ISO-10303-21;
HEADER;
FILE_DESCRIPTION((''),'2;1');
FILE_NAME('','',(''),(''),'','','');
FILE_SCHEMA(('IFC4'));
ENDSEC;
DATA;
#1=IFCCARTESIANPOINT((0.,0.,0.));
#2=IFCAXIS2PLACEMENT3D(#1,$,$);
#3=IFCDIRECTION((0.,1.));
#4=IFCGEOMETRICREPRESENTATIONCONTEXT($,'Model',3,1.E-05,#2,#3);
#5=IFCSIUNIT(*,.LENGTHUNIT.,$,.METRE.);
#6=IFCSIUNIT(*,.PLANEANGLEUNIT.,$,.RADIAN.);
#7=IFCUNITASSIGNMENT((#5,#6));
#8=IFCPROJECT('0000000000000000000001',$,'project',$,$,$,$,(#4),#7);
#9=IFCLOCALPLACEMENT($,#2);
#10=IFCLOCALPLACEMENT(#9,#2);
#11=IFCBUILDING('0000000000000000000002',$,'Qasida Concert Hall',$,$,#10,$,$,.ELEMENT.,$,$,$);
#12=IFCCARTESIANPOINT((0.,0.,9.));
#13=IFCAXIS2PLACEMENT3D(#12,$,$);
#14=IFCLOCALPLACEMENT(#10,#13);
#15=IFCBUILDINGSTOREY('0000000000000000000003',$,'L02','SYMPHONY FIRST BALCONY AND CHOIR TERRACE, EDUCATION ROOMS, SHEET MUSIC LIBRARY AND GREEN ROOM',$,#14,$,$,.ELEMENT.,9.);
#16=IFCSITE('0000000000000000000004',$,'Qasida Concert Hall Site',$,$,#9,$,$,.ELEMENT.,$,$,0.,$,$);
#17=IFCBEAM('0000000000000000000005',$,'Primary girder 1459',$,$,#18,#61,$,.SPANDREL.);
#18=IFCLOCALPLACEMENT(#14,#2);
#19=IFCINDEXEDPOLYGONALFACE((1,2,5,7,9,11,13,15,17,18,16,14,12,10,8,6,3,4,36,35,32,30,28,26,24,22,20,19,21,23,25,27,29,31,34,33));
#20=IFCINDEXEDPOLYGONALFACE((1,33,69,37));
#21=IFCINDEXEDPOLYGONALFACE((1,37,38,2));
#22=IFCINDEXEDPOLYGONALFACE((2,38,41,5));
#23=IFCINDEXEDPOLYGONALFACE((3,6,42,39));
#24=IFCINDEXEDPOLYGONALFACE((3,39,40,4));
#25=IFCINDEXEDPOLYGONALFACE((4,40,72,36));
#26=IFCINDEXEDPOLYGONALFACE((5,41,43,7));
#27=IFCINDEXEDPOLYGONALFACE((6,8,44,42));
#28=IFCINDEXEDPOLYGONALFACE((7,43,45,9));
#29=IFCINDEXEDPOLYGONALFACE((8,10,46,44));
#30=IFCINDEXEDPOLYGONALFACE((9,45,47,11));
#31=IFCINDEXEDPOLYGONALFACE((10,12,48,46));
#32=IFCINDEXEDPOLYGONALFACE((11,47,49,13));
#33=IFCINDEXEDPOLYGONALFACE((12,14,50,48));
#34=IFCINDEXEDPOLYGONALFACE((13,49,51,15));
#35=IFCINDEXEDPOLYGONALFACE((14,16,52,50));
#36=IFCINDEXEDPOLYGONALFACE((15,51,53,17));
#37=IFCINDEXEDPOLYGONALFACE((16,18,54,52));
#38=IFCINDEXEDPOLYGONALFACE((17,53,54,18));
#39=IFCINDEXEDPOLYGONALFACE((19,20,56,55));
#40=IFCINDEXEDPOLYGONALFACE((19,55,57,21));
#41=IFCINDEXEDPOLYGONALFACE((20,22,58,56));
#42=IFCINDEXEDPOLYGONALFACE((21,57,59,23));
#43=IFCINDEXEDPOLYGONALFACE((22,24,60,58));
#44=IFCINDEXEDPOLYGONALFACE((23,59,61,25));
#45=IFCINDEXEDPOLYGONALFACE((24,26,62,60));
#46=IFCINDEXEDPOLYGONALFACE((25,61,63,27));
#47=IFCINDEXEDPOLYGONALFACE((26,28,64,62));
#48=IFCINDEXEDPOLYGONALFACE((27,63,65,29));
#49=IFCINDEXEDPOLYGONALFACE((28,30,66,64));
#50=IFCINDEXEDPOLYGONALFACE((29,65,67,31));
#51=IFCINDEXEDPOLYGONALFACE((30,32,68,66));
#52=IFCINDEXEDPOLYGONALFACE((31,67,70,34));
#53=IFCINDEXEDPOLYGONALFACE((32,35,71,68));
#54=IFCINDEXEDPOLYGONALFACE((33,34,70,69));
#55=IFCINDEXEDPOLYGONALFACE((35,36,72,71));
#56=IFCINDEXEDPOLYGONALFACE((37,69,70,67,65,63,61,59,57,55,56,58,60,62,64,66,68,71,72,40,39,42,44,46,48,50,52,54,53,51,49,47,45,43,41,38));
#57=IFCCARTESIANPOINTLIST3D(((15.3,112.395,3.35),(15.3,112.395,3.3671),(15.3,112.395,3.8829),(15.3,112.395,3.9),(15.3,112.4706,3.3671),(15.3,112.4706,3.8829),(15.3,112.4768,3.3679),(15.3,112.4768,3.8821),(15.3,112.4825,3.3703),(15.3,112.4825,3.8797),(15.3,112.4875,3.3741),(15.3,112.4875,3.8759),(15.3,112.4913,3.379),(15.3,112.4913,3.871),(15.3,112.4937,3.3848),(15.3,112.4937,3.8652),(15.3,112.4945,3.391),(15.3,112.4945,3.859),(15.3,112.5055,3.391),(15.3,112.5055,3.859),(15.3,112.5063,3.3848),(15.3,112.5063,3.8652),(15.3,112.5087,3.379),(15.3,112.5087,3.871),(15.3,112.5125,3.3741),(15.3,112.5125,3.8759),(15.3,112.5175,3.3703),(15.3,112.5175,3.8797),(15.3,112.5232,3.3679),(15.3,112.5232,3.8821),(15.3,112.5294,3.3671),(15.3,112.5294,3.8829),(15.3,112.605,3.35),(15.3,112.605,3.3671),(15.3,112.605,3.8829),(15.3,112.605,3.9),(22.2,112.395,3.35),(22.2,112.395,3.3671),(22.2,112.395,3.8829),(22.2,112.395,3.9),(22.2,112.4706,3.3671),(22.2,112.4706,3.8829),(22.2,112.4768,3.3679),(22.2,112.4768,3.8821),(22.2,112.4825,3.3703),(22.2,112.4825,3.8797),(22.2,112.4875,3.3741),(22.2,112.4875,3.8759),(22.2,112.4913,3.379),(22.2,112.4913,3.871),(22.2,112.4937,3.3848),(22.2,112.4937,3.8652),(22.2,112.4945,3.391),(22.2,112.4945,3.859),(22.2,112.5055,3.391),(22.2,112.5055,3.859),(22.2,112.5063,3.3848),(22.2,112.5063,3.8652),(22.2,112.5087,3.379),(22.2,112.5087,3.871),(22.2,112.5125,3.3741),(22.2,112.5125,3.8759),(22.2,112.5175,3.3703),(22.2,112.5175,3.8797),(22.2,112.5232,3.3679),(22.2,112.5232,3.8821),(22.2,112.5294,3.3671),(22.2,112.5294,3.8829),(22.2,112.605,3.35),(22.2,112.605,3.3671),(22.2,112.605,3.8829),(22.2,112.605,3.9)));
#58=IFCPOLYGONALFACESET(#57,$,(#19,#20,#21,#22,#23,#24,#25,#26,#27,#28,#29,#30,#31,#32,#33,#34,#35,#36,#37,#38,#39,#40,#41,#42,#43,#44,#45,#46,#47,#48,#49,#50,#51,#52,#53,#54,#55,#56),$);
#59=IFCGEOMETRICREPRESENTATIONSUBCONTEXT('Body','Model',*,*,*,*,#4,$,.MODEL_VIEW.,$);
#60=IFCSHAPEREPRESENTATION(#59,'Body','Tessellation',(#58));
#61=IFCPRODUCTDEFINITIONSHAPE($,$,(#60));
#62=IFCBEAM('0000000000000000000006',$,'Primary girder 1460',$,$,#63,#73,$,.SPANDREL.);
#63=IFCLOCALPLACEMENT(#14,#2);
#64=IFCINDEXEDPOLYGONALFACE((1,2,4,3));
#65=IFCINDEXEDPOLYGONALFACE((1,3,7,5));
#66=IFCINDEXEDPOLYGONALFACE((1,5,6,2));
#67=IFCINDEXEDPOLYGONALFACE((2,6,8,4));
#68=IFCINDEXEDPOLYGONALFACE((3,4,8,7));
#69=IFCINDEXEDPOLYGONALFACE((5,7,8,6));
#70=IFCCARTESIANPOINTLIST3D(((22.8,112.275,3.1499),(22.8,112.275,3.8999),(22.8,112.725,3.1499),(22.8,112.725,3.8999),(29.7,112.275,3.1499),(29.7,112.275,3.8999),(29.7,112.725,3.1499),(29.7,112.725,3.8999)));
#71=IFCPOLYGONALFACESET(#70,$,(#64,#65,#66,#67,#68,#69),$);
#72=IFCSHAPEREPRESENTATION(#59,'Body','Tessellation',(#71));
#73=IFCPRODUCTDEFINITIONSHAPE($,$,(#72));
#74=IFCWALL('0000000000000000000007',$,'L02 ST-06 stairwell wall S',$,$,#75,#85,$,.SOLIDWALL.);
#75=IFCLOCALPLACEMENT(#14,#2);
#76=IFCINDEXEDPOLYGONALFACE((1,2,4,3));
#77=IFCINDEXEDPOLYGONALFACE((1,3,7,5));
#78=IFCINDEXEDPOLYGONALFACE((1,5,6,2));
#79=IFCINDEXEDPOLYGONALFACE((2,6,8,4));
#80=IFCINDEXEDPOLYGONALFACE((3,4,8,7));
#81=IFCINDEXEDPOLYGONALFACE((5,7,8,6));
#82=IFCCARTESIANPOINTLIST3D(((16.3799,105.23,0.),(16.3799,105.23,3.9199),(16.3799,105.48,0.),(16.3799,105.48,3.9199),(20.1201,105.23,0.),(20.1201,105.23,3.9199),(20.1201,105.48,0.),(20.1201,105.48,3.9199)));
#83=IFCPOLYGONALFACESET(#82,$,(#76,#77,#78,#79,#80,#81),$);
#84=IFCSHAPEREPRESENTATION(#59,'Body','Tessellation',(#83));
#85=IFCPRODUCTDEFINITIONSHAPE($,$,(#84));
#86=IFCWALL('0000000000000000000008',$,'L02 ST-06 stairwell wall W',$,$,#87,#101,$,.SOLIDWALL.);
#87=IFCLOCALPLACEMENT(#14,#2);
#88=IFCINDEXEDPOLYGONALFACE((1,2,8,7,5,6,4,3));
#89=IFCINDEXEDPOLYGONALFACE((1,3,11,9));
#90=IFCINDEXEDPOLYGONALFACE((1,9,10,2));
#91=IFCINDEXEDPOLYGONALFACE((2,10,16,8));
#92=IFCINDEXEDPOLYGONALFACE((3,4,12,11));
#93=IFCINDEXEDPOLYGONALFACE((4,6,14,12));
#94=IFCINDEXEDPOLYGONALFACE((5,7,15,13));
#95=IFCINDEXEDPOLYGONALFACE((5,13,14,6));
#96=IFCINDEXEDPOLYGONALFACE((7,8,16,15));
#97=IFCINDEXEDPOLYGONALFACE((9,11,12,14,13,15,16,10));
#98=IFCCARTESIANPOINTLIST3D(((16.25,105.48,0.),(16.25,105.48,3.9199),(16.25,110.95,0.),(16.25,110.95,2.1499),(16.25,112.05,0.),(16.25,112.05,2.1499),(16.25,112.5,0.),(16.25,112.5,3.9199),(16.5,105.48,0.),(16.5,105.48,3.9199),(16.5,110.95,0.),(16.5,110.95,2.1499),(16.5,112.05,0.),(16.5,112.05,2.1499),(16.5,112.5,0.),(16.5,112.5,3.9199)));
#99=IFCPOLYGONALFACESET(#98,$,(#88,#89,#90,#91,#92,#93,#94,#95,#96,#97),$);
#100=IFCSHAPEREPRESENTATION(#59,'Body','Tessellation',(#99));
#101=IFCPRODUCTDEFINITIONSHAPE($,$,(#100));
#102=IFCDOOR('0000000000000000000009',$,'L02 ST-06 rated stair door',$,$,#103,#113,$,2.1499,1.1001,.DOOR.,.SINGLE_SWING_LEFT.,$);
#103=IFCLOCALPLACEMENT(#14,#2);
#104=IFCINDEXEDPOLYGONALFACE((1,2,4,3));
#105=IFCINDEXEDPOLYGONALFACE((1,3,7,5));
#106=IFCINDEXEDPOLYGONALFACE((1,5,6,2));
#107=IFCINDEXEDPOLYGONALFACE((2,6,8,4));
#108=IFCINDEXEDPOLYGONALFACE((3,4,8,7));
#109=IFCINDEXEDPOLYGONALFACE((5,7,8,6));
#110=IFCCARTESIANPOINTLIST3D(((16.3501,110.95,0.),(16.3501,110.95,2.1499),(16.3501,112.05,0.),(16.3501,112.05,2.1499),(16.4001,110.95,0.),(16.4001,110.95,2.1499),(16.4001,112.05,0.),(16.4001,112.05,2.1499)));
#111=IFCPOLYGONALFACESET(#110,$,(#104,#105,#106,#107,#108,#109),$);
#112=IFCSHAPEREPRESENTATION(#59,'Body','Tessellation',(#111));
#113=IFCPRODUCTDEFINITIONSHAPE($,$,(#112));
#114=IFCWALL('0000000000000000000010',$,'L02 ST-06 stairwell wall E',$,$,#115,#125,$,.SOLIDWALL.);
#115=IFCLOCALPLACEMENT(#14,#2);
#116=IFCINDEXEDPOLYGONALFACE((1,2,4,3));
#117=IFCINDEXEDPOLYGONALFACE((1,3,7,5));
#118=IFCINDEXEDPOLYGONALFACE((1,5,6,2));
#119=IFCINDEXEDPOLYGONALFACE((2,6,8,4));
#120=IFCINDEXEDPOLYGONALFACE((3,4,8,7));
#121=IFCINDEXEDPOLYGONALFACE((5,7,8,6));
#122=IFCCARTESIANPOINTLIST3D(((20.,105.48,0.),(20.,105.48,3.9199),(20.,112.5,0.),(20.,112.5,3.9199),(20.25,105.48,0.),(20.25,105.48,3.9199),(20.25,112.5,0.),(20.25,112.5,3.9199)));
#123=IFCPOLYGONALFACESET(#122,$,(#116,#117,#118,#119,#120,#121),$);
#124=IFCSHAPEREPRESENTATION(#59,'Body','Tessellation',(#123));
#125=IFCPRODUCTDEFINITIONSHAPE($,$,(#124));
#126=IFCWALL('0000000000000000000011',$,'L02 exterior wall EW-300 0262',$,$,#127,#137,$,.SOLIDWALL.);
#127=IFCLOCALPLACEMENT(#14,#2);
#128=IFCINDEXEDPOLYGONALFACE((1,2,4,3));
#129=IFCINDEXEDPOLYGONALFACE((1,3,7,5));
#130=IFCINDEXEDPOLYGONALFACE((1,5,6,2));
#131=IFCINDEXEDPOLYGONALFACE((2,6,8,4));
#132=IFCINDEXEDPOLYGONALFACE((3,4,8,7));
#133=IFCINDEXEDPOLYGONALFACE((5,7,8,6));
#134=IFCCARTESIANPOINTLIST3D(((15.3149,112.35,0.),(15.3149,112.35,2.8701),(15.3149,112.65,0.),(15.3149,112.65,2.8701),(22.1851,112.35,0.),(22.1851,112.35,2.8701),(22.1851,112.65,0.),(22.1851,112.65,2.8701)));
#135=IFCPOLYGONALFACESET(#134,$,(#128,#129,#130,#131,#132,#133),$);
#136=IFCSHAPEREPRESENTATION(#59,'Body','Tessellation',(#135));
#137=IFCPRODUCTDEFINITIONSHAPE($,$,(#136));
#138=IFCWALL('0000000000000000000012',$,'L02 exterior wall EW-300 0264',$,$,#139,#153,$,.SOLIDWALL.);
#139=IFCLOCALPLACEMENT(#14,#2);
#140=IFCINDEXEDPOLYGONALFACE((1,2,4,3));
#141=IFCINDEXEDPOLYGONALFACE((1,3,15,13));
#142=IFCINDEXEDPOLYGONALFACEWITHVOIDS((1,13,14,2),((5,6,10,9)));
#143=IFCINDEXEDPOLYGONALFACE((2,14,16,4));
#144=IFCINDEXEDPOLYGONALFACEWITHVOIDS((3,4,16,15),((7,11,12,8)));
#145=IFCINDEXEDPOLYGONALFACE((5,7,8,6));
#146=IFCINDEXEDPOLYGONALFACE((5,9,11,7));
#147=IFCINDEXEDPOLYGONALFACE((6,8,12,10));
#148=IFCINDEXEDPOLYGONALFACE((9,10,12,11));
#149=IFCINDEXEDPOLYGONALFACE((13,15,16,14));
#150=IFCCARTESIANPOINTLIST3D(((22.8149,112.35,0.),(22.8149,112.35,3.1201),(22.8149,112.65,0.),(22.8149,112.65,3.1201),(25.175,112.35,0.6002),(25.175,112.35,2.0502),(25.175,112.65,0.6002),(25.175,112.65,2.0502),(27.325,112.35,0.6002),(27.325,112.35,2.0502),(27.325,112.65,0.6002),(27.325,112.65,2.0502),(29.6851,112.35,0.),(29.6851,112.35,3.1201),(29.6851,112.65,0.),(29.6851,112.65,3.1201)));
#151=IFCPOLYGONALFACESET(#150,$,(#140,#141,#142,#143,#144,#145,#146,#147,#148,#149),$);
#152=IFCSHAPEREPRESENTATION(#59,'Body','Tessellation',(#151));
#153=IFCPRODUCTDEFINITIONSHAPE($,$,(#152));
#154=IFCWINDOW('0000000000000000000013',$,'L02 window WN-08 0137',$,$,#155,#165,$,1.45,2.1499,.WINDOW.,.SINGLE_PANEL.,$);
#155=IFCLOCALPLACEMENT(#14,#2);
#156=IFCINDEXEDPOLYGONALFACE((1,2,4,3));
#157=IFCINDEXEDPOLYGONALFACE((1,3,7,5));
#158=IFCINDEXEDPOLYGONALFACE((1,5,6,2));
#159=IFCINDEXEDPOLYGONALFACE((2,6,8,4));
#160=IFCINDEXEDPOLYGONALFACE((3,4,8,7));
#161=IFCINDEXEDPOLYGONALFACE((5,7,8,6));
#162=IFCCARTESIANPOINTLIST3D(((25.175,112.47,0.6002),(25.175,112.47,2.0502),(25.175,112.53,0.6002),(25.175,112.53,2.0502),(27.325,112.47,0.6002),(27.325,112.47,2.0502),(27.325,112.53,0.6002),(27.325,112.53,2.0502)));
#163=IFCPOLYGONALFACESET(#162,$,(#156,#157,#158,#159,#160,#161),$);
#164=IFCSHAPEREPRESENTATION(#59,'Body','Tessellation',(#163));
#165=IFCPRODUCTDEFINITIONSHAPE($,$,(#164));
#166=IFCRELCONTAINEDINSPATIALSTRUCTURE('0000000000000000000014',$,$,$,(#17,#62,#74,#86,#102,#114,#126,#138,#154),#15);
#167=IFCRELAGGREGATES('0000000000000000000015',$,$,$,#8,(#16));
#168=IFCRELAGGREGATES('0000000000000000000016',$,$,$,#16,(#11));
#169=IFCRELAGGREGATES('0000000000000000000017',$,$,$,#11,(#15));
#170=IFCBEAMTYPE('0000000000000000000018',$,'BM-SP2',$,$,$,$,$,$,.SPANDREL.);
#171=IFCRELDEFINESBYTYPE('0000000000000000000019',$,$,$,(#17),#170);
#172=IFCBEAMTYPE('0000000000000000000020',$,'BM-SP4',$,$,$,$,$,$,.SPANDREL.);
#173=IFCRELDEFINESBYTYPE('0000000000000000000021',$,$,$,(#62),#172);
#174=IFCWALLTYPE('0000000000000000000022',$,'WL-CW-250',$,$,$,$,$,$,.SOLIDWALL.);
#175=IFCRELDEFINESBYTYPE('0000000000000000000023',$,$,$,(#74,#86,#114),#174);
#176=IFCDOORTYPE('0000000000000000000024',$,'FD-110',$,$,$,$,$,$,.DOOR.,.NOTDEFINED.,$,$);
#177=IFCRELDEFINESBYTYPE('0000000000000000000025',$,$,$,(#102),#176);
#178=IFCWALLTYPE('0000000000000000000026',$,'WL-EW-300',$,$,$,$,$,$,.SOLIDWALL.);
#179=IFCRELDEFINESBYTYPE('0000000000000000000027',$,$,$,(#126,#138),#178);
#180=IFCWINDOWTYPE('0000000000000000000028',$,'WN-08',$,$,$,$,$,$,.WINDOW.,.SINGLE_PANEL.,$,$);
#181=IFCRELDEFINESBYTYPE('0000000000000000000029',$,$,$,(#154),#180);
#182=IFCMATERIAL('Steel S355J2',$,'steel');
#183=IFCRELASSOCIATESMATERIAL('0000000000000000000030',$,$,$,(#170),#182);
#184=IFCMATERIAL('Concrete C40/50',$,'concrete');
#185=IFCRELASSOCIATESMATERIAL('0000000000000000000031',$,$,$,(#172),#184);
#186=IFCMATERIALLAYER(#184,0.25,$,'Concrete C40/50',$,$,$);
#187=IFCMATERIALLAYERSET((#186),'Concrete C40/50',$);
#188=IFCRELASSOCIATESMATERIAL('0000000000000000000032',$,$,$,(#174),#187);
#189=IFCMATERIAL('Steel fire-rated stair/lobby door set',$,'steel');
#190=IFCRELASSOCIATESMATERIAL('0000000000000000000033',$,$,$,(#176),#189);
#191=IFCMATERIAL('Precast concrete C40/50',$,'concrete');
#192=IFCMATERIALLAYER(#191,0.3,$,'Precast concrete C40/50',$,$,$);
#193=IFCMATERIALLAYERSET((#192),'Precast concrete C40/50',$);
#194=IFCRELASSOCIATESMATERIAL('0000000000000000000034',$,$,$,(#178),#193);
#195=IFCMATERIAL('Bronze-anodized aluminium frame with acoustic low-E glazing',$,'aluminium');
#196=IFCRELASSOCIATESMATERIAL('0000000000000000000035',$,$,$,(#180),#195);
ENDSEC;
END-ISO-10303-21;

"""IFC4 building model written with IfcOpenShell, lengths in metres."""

from ifc_helpers import new_model, si_unit, direction, frame, frame_2d, origin, origin_2d, place, context, subcontext, project, spatial, rectangle, i_section, extrude, material, layer, layer_set, material_profile, profile_set, type_object, element, fill, save


model = new_model("IFC4")

# Units and contexts
model_context = context("Model", 3, precision=1e-05, world=origin(), true_north=direction((0.0, 1.0)))
body_context = subcontext(model_context, "Body", "Model", "MODEL_VIEW")
ifc_project = project(units=[si_unit("LENGTHUNIT", "METRE"), si_unit("PLANEANGLEUNIT", "RADIAN")], contexts=[model_context])

# Site, building, storey
site_placement = place(None, origin())
site = spatial("IfcSite", under=ifc_project, at=site_placement, Name="Qasida Concert Hall Site", CompositionType="ELEMENT", RefElevation=0.0)
building_placement = place(site_placement, origin())
building = spatial("IfcBuilding", under=site, at=building_placement, Name="Qasida Concert Hall", CompositionType="ELEMENT")
storey_placement = place(building_placement, frame((0.0, 0.0, 9.0)))
storey = spatial("IfcBuildingStorey", under=building, at=storey_placement, Name="L02", Description="SYMPHONY FIRST BALCONY AND CHOIR TERRACE, EDUCATION ROOMS, SHEET MUSIC LIBRARY AND GREEN ROOM", CompositionType="ELEMENT", Elevation=9.0)

# Beams
ifc_material_1 = material(Name="Concrete C40/50", Category="concrete")
ifc_material_2 = material(Name="Steel S355J2", Category="steel")
ifc_material_profile_1 = material_profile(ifc_material_2, i_section(OverallWidth=0.21, OverallDepth=0.55, WebThickness=0.011, FlangeThickness=0.0171, FilletRadius=0.0239, at=origin_2d()), Name="IPE 550")
ifc_profile_set_1 = profile_set([ifc_material_profile_1], Name="Steel S355J2")
beam_type_1 = type_object("IfcBeamType", Name="BM-SP2", PredefinedType="SPANDREL", material=ifc_profile_set_1)
beam_1_placement = place(storey_placement, frame((15.3, 112.5, 3.625), z_axis=(1.0, 0.0, 0.0), x_axis=(0.0, 1.0, 0.0)))
element("IfcBeam", 1, at=beam_1_placement, inside=storey, type_object=beam_type_1, Name="Primary girder 1459", PredefinedType="SPANDREL", context=body_context, shape_type="SweptSolid", body=[
    extrude(i_section(OverallWidth=0.21, OverallDepth=0.55, WebThickness=0.011, FlangeThickness=0.0171, FilletRadius=0.0239, at=origin_2d()), origin(), (0.0, 0.0, 1.0), 6.8999),
])
ifc_material_profile_2 = material_profile(ifc_material_1, rectangle(XDim=0.45, YDim=0.75, at=origin_2d()), Name="RC 450x750")
ifc_profile_set_2 = profile_set([ifc_material_profile_2], Name="Concrete C40/50")
beam_type_2 = type_object("IfcBeamType", Name="BM-SP4", PredefinedType="SPANDREL", material=ifc_profile_set_2)
beam_2_placement = place(storey_placement, frame((22.8, 112.5, 3.5249), z_axis=(1.0, 0.0, 0.0), x_axis=(0.0, 1.0, 0.0)))
element("IfcBeam", 2, at=beam_2_placement, inside=storey, type_object=beam_type_2, Name="Primary girder 1460", PredefinedType="SPANDREL", context=body_context, shape_type="SweptSolid", body=[
    extrude(rectangle(XDim=0.45, YDim=0.75, at=origin_2d()), origin(), (0.0, 0.0, 1.0), 6.8999),
])

# Wall
ifc_layer_1 = layer(ifc_material_1, 0.25, Name="Concrete C40/50")
ifc_layer_set_1 = layer_set([ifc_layer_1], Name="Concrete C40/50")
wall_type_1 = type_object("IfcWallType", Name="WL-CW-250", PredefinedType="SOLIDWALL", material=ifc_layer_set_1)
wall_1_placement = place(storey_placement, frame((16.3799, 105.355, 0.0), z_axis=(0.0, 0.0, 1.0), x_axis=(1.0, 0.0, 0.0)))
element("IfcWall", 3, at=wall_1_placement, inside=storey, type_object=wall_type_1, Name="L02 ST-06 stairwell wall S", PredefinedType="SOLIDWALL", context=body_context, shape_type="SweptSolid", body=[
    extrude(rectangle(XDim=3.7402, YDim=0.25, at=frame_2d((1.8701, 0.0))), origin(), (0.0, 0.0, 1.0), 3.9199),
])

# Wall, opening, door
wall_2_placement = place(storey_placement, frame((16.375, 105.48, 0.0), z_axis=(0.0, 0.0, 1.0), x_axis=(0.0, 1.0, 0.0)))
wall_2 = element("IfcWall", 4, at=wall_2_placement, inside=storey, type_object=wall_type_1, Name="L02 ST-06 stairwell wall W", PredefinedType="SOLIDWALL", context=body_context, shape_type="SweptSolid", body=[
    extrude(rectangle(XDim=7.02, YDim=0.25, at=frame_2d((3.51, 0.0))), origin(), (0.0, 0.0, 1.0), 3.9199),
])
opening_1_placement = place(wall_2_placement, frame((5.47, 0.0, 0.0)))
opening_1 = element("IfcOpeningElement", 5, at=opening_1_placement, cuts=wall_2, PredefinedType="OPENING", context=body_context, shape_type="SweptSolid", body=[
    extrude(rectangle(XDim=1.1001, YDim=2.1499, at=frame_2d((0.55, 1.075))), frame((0.0, 0.135, 0.0), z_axis=(0.0, -1.0, 0.0), x_axis=(1.0, 0.0, 0.0)), (0.0, 0.0, 1.0), 0.27),
])
ifc_material_3 = material(Name="Steel fire-rated stair/lobby door set", Category="steel")
door_type = type_object("IfcDoorType", Name="FD-110", OperationType="NOTDEFINED", PredefinedType="DOOR", material=ifc_material_3)
door_placement = place(opening_1_placement, origin())
door = element("IfcDoor", 6, at=door_placement, inside=storey, type_object=door_type, Name="L02 ST-06 rated stair door", OperationType="SINGLE_SWING_LEFT", OverallHeight=2.1499, OverallWidth=1.1001, PredefinedType="DOOR", context=body_context, shape_type="SweptSolid", body=[
    extrude(rectangle(XDim=1.1001, YDim=2.1499, at=frame_2d((0.55, 1.075))), frame((0.0, 0.0249, 0.0), z_axis=(0.0, -1.0, 0.0), x_axis=(1.0, 0.0, 0.0)), (0.0, 0.0, 1.0), 0.05),
])
fill(opening_1, door)

# Walls
wall_3_placement = place(storey_placement, frame((20.125, 105.48, 0.0), z_axis=(0.0, 0.0, 1.0), x_axis=(0.0, 1.0, 0.0)))
element("IfcWall", 7, at=wall_3_placement, inside=storey, type_object=wall_type_1, Name="L02 ST-06 stairwell wall E", PredefinedType="SOLIDWALL", context=body_context, shape_type="SweptSolid", body=[
    extrude(rectangle(XDim=7.02, YDim=0.25, at=frame_2d((3.51, 0.0))), origin(), (0.0, 0.0, 1.0), 3.9199),
])
ifc_material_4 = material(Name="Precast concrete C40/50", Category="concrete")
ifc_layer_2 = layer(ifc_material_4, 0.3, Name="Precast concrete C40/50")
ifc_layer_set_2 = layer_set([ifc_layer_2], Name="Precast concrete C40/50")
wall_type_2 = type_object("IfcWallType", Name="WL-EW-300", PredefinedType="SOLIDWALL", material=ifc_layer_set_2)
wall_4_placement = place(storey_placement, frame((15.3149, 112.5, 0.0), z_axis=(0.0, 0.0, 1.0), x_axis=(1.0, 0.0, 0.0)))
element("IfcWall", 8, at=wall_4_placement, inside=storey, type_object=wall_type_2, Name="L02 exterior wall EW-300 0262", PredefinedType="SOLIDWALL", context=body_context, shape_type="SweptSolid", body=[
    extrude(rectangle(XDim=6.8701, YDim=0.3, at=frame_2d((3.4351, 0.0))), origin(), (0.0, 0.0, 1.0), 2.8701),
])

# Wall, opening, window
wall_5_placement = place(storey_placement, frame((22.8149, 112.5, 0.0), z_axis=(0.0, 0.0, 1.0), x_axis=(1.0, 0.0, 0.0)))
wall_5 = element("IfcWall", 9, at=wall_5_placement, inside=storey, type_object=wall_type_2, Name="L02 exterior wall EW-300 0264", PredefinedType="SOLIDWALL", context=body_context, shape_type="SweptSolid", body=[
    extrude(rectangle(XDim=6.8701, YDim=0.3, at=frame_2d((3.4351, 0.0))), origin(), (0.0, 0.0, 1.0), 3.1201),
])
opening_2_placement = place(wall_5_placement, frame((2.3601, 0.0, 0.6001)))
opening_2 = element("IfcOpeningElement", 10, at=opening_2_placement, cuts=wall_5, PredefinedType="OPENING", context=body_context, shape_type="SweptSolid", body=[
    extrude(rectangle(XDim=2.1499, YDim=1.45, at=frame_2d((1.075, 0.7251))), frame((0.0, 0.1599, 0.0), z_axis=(0.0, -1.0, 0.0), x_axis=(1.0, 0.0, 0.0)), (0.0, 0.0, 1.0), 0.3201),
])
ifc_material_5 = material(Name="Bronze-anodized aluminium frame with acoustic low-E glazing", Category="aluminium")
window_type_1 = type_object("IfcWindowType", Name="WN-08", PartitioningType="SINGLE_PANEL", PredefinedType="WINDOW", material=ifc_material_5)
window_1_placement = place(opening_2_placement, origin())
window_1 = element("IfcWindow", 11, at=window_1_placement, inside=storey, type_object=window_type_1, Name="L02 window WN-08 0137", OverallHeight=1.45, OverallWidth=2.1499, PartitioningType="SINGLE_PANEL", PredefinedType="WINDOW", context=body_context, shape_type="SweptSolid", body=[
    extrude(rectangle(XDim=2.1499, YDim=1.45, at=frame_2d((1.075, 0.7251))), frame((0.0, 0.03, 0.0), z_axis=(0.0, -1.0, 0.0), x_axis=(1.0, 0.0, 0.0)), (0.0, 0.0, 1.0), 0.0601),
])
fill(opening_2, window_1)

save(model, "model.ifc")
